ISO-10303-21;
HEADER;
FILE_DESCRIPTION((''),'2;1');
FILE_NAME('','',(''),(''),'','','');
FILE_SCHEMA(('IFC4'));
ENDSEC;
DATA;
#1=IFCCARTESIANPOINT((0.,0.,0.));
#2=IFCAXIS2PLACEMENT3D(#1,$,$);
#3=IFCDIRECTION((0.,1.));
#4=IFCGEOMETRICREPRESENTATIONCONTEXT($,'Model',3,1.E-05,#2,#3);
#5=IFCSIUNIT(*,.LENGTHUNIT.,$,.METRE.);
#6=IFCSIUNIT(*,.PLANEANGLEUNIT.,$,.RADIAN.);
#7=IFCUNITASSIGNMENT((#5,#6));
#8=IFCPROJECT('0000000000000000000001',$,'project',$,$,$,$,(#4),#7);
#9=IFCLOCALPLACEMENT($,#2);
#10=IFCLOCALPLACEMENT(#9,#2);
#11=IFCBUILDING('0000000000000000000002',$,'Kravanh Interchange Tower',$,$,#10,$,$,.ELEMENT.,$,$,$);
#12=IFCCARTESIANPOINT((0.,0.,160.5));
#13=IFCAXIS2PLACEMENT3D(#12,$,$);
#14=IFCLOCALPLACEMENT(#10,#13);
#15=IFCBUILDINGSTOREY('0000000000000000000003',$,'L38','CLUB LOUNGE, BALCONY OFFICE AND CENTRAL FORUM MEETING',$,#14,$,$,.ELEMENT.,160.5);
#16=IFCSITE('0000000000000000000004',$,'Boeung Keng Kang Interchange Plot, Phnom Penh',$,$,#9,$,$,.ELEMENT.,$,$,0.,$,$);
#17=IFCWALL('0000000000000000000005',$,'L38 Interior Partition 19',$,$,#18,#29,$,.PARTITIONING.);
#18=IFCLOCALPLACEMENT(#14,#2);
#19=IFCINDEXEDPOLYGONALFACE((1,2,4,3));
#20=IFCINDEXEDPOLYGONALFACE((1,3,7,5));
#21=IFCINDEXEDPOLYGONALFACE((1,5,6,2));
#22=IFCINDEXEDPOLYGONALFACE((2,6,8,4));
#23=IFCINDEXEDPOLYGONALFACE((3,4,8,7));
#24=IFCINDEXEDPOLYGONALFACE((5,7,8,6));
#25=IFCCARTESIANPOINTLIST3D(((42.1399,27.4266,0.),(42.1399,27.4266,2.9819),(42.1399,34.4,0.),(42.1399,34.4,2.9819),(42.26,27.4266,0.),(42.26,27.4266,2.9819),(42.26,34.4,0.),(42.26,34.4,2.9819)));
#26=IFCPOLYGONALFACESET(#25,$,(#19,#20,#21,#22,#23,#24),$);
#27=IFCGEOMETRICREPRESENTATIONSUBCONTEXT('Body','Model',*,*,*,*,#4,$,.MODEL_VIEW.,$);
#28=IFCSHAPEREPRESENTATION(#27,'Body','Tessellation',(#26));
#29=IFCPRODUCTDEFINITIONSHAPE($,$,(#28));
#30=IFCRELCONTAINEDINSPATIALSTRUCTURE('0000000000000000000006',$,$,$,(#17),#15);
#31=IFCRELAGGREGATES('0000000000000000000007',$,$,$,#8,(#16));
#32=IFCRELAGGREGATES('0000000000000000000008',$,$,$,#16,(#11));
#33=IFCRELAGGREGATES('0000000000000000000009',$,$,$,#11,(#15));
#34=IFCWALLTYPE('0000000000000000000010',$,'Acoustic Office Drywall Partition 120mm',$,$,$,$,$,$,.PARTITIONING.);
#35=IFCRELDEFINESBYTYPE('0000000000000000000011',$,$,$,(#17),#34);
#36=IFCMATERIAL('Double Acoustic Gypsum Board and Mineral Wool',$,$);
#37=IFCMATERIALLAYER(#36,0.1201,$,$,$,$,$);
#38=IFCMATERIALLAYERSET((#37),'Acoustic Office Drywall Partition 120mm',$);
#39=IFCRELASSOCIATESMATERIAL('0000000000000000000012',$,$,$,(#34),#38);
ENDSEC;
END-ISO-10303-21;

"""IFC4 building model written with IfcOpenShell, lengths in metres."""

from ifc_helpers import new_model, si_unit, direction, frame, frame_2d, origin, place, context, subcontext, project, spatial, rectangle, extrude, material, layer, layer_set, type_object, element, save


model = new_model("IFC4")

# Units and contexts
model_context = context("Model", 3, precision=1e-05, world=origin(), true_north=direction((0.0, 1.0)))
body_context = subcontext(model_context, "Body", "Model", "MODEL_VIEW")
ifc_project = project(units=[si_unit("LENGTHUNIT", "METRE"), si_unit("PLANEANGLEUNIT", "RADIAN")], contexts=[model_context])

# Site, building, storey
site_placement = place(None, origin())
site = spatial("IfcSite", under=ifc_project, at=site_placement, Name="Boeung Keng Kang Interchange Plot, Phnom Penh", CompositionType="ELEMENT", RefElevation=0.0)
building_placement = place(site_placement, origin())
building = spatial("IfcBuilding", under=site, at=building_placement, Name="Kravanh Interchange Tower", CompositionType="ELEMENT")
storey_placement = place(building_placement, frame((0.0, 0.0, 160.5)))
storey = spatial("IfcBuildingStorey", under=building, at=storey_placement, Name="L38", Description="CLUB LOUNGE, BALCONY OFFICE AND CENTRAL FORUM MEETING", CompositionType="ELEMENT", Elevation=160.5)

# Wall
ifc_material_1 = material(Name="Double Acoustic Gypsum Board and Mineral Wool")
ifc_layer_1 = layer(ifc_material_1, 0.1201)
ifc_layer_set_1 = layer_set([ifc_layer_1], Name="Acoustic Office Drywall Partition 120mm")
wall_type = type_object("IfcWallType", Name="Acoustic Office Drywall Partition 120mm", PredefinedType="PARTITIONING", material=ifc_layer_set_1)
wall_placement = place(storey_placement, frame((42.2, 27.4265, 0.0), z_axis=(0.0, 0.0, 1.0), x_axis=(0.0, 1.0, 0.0)))
element("IfcWall", 1, at=wall_placement, inside=storey, type_object=wall_type, Name="L38 Interior Partition 19", PredefinedType="PARTITIONING", context=body_context, shape_type="SweptSolid", body=[
    extrude(rectangle(XDim=6.9734, YDim=0.1201, at=frame_2d((3.4868, 0.0))), origin(), (0.0, 0.0, 1.0), 2.9819),
])

save(model, "model.ifc")
